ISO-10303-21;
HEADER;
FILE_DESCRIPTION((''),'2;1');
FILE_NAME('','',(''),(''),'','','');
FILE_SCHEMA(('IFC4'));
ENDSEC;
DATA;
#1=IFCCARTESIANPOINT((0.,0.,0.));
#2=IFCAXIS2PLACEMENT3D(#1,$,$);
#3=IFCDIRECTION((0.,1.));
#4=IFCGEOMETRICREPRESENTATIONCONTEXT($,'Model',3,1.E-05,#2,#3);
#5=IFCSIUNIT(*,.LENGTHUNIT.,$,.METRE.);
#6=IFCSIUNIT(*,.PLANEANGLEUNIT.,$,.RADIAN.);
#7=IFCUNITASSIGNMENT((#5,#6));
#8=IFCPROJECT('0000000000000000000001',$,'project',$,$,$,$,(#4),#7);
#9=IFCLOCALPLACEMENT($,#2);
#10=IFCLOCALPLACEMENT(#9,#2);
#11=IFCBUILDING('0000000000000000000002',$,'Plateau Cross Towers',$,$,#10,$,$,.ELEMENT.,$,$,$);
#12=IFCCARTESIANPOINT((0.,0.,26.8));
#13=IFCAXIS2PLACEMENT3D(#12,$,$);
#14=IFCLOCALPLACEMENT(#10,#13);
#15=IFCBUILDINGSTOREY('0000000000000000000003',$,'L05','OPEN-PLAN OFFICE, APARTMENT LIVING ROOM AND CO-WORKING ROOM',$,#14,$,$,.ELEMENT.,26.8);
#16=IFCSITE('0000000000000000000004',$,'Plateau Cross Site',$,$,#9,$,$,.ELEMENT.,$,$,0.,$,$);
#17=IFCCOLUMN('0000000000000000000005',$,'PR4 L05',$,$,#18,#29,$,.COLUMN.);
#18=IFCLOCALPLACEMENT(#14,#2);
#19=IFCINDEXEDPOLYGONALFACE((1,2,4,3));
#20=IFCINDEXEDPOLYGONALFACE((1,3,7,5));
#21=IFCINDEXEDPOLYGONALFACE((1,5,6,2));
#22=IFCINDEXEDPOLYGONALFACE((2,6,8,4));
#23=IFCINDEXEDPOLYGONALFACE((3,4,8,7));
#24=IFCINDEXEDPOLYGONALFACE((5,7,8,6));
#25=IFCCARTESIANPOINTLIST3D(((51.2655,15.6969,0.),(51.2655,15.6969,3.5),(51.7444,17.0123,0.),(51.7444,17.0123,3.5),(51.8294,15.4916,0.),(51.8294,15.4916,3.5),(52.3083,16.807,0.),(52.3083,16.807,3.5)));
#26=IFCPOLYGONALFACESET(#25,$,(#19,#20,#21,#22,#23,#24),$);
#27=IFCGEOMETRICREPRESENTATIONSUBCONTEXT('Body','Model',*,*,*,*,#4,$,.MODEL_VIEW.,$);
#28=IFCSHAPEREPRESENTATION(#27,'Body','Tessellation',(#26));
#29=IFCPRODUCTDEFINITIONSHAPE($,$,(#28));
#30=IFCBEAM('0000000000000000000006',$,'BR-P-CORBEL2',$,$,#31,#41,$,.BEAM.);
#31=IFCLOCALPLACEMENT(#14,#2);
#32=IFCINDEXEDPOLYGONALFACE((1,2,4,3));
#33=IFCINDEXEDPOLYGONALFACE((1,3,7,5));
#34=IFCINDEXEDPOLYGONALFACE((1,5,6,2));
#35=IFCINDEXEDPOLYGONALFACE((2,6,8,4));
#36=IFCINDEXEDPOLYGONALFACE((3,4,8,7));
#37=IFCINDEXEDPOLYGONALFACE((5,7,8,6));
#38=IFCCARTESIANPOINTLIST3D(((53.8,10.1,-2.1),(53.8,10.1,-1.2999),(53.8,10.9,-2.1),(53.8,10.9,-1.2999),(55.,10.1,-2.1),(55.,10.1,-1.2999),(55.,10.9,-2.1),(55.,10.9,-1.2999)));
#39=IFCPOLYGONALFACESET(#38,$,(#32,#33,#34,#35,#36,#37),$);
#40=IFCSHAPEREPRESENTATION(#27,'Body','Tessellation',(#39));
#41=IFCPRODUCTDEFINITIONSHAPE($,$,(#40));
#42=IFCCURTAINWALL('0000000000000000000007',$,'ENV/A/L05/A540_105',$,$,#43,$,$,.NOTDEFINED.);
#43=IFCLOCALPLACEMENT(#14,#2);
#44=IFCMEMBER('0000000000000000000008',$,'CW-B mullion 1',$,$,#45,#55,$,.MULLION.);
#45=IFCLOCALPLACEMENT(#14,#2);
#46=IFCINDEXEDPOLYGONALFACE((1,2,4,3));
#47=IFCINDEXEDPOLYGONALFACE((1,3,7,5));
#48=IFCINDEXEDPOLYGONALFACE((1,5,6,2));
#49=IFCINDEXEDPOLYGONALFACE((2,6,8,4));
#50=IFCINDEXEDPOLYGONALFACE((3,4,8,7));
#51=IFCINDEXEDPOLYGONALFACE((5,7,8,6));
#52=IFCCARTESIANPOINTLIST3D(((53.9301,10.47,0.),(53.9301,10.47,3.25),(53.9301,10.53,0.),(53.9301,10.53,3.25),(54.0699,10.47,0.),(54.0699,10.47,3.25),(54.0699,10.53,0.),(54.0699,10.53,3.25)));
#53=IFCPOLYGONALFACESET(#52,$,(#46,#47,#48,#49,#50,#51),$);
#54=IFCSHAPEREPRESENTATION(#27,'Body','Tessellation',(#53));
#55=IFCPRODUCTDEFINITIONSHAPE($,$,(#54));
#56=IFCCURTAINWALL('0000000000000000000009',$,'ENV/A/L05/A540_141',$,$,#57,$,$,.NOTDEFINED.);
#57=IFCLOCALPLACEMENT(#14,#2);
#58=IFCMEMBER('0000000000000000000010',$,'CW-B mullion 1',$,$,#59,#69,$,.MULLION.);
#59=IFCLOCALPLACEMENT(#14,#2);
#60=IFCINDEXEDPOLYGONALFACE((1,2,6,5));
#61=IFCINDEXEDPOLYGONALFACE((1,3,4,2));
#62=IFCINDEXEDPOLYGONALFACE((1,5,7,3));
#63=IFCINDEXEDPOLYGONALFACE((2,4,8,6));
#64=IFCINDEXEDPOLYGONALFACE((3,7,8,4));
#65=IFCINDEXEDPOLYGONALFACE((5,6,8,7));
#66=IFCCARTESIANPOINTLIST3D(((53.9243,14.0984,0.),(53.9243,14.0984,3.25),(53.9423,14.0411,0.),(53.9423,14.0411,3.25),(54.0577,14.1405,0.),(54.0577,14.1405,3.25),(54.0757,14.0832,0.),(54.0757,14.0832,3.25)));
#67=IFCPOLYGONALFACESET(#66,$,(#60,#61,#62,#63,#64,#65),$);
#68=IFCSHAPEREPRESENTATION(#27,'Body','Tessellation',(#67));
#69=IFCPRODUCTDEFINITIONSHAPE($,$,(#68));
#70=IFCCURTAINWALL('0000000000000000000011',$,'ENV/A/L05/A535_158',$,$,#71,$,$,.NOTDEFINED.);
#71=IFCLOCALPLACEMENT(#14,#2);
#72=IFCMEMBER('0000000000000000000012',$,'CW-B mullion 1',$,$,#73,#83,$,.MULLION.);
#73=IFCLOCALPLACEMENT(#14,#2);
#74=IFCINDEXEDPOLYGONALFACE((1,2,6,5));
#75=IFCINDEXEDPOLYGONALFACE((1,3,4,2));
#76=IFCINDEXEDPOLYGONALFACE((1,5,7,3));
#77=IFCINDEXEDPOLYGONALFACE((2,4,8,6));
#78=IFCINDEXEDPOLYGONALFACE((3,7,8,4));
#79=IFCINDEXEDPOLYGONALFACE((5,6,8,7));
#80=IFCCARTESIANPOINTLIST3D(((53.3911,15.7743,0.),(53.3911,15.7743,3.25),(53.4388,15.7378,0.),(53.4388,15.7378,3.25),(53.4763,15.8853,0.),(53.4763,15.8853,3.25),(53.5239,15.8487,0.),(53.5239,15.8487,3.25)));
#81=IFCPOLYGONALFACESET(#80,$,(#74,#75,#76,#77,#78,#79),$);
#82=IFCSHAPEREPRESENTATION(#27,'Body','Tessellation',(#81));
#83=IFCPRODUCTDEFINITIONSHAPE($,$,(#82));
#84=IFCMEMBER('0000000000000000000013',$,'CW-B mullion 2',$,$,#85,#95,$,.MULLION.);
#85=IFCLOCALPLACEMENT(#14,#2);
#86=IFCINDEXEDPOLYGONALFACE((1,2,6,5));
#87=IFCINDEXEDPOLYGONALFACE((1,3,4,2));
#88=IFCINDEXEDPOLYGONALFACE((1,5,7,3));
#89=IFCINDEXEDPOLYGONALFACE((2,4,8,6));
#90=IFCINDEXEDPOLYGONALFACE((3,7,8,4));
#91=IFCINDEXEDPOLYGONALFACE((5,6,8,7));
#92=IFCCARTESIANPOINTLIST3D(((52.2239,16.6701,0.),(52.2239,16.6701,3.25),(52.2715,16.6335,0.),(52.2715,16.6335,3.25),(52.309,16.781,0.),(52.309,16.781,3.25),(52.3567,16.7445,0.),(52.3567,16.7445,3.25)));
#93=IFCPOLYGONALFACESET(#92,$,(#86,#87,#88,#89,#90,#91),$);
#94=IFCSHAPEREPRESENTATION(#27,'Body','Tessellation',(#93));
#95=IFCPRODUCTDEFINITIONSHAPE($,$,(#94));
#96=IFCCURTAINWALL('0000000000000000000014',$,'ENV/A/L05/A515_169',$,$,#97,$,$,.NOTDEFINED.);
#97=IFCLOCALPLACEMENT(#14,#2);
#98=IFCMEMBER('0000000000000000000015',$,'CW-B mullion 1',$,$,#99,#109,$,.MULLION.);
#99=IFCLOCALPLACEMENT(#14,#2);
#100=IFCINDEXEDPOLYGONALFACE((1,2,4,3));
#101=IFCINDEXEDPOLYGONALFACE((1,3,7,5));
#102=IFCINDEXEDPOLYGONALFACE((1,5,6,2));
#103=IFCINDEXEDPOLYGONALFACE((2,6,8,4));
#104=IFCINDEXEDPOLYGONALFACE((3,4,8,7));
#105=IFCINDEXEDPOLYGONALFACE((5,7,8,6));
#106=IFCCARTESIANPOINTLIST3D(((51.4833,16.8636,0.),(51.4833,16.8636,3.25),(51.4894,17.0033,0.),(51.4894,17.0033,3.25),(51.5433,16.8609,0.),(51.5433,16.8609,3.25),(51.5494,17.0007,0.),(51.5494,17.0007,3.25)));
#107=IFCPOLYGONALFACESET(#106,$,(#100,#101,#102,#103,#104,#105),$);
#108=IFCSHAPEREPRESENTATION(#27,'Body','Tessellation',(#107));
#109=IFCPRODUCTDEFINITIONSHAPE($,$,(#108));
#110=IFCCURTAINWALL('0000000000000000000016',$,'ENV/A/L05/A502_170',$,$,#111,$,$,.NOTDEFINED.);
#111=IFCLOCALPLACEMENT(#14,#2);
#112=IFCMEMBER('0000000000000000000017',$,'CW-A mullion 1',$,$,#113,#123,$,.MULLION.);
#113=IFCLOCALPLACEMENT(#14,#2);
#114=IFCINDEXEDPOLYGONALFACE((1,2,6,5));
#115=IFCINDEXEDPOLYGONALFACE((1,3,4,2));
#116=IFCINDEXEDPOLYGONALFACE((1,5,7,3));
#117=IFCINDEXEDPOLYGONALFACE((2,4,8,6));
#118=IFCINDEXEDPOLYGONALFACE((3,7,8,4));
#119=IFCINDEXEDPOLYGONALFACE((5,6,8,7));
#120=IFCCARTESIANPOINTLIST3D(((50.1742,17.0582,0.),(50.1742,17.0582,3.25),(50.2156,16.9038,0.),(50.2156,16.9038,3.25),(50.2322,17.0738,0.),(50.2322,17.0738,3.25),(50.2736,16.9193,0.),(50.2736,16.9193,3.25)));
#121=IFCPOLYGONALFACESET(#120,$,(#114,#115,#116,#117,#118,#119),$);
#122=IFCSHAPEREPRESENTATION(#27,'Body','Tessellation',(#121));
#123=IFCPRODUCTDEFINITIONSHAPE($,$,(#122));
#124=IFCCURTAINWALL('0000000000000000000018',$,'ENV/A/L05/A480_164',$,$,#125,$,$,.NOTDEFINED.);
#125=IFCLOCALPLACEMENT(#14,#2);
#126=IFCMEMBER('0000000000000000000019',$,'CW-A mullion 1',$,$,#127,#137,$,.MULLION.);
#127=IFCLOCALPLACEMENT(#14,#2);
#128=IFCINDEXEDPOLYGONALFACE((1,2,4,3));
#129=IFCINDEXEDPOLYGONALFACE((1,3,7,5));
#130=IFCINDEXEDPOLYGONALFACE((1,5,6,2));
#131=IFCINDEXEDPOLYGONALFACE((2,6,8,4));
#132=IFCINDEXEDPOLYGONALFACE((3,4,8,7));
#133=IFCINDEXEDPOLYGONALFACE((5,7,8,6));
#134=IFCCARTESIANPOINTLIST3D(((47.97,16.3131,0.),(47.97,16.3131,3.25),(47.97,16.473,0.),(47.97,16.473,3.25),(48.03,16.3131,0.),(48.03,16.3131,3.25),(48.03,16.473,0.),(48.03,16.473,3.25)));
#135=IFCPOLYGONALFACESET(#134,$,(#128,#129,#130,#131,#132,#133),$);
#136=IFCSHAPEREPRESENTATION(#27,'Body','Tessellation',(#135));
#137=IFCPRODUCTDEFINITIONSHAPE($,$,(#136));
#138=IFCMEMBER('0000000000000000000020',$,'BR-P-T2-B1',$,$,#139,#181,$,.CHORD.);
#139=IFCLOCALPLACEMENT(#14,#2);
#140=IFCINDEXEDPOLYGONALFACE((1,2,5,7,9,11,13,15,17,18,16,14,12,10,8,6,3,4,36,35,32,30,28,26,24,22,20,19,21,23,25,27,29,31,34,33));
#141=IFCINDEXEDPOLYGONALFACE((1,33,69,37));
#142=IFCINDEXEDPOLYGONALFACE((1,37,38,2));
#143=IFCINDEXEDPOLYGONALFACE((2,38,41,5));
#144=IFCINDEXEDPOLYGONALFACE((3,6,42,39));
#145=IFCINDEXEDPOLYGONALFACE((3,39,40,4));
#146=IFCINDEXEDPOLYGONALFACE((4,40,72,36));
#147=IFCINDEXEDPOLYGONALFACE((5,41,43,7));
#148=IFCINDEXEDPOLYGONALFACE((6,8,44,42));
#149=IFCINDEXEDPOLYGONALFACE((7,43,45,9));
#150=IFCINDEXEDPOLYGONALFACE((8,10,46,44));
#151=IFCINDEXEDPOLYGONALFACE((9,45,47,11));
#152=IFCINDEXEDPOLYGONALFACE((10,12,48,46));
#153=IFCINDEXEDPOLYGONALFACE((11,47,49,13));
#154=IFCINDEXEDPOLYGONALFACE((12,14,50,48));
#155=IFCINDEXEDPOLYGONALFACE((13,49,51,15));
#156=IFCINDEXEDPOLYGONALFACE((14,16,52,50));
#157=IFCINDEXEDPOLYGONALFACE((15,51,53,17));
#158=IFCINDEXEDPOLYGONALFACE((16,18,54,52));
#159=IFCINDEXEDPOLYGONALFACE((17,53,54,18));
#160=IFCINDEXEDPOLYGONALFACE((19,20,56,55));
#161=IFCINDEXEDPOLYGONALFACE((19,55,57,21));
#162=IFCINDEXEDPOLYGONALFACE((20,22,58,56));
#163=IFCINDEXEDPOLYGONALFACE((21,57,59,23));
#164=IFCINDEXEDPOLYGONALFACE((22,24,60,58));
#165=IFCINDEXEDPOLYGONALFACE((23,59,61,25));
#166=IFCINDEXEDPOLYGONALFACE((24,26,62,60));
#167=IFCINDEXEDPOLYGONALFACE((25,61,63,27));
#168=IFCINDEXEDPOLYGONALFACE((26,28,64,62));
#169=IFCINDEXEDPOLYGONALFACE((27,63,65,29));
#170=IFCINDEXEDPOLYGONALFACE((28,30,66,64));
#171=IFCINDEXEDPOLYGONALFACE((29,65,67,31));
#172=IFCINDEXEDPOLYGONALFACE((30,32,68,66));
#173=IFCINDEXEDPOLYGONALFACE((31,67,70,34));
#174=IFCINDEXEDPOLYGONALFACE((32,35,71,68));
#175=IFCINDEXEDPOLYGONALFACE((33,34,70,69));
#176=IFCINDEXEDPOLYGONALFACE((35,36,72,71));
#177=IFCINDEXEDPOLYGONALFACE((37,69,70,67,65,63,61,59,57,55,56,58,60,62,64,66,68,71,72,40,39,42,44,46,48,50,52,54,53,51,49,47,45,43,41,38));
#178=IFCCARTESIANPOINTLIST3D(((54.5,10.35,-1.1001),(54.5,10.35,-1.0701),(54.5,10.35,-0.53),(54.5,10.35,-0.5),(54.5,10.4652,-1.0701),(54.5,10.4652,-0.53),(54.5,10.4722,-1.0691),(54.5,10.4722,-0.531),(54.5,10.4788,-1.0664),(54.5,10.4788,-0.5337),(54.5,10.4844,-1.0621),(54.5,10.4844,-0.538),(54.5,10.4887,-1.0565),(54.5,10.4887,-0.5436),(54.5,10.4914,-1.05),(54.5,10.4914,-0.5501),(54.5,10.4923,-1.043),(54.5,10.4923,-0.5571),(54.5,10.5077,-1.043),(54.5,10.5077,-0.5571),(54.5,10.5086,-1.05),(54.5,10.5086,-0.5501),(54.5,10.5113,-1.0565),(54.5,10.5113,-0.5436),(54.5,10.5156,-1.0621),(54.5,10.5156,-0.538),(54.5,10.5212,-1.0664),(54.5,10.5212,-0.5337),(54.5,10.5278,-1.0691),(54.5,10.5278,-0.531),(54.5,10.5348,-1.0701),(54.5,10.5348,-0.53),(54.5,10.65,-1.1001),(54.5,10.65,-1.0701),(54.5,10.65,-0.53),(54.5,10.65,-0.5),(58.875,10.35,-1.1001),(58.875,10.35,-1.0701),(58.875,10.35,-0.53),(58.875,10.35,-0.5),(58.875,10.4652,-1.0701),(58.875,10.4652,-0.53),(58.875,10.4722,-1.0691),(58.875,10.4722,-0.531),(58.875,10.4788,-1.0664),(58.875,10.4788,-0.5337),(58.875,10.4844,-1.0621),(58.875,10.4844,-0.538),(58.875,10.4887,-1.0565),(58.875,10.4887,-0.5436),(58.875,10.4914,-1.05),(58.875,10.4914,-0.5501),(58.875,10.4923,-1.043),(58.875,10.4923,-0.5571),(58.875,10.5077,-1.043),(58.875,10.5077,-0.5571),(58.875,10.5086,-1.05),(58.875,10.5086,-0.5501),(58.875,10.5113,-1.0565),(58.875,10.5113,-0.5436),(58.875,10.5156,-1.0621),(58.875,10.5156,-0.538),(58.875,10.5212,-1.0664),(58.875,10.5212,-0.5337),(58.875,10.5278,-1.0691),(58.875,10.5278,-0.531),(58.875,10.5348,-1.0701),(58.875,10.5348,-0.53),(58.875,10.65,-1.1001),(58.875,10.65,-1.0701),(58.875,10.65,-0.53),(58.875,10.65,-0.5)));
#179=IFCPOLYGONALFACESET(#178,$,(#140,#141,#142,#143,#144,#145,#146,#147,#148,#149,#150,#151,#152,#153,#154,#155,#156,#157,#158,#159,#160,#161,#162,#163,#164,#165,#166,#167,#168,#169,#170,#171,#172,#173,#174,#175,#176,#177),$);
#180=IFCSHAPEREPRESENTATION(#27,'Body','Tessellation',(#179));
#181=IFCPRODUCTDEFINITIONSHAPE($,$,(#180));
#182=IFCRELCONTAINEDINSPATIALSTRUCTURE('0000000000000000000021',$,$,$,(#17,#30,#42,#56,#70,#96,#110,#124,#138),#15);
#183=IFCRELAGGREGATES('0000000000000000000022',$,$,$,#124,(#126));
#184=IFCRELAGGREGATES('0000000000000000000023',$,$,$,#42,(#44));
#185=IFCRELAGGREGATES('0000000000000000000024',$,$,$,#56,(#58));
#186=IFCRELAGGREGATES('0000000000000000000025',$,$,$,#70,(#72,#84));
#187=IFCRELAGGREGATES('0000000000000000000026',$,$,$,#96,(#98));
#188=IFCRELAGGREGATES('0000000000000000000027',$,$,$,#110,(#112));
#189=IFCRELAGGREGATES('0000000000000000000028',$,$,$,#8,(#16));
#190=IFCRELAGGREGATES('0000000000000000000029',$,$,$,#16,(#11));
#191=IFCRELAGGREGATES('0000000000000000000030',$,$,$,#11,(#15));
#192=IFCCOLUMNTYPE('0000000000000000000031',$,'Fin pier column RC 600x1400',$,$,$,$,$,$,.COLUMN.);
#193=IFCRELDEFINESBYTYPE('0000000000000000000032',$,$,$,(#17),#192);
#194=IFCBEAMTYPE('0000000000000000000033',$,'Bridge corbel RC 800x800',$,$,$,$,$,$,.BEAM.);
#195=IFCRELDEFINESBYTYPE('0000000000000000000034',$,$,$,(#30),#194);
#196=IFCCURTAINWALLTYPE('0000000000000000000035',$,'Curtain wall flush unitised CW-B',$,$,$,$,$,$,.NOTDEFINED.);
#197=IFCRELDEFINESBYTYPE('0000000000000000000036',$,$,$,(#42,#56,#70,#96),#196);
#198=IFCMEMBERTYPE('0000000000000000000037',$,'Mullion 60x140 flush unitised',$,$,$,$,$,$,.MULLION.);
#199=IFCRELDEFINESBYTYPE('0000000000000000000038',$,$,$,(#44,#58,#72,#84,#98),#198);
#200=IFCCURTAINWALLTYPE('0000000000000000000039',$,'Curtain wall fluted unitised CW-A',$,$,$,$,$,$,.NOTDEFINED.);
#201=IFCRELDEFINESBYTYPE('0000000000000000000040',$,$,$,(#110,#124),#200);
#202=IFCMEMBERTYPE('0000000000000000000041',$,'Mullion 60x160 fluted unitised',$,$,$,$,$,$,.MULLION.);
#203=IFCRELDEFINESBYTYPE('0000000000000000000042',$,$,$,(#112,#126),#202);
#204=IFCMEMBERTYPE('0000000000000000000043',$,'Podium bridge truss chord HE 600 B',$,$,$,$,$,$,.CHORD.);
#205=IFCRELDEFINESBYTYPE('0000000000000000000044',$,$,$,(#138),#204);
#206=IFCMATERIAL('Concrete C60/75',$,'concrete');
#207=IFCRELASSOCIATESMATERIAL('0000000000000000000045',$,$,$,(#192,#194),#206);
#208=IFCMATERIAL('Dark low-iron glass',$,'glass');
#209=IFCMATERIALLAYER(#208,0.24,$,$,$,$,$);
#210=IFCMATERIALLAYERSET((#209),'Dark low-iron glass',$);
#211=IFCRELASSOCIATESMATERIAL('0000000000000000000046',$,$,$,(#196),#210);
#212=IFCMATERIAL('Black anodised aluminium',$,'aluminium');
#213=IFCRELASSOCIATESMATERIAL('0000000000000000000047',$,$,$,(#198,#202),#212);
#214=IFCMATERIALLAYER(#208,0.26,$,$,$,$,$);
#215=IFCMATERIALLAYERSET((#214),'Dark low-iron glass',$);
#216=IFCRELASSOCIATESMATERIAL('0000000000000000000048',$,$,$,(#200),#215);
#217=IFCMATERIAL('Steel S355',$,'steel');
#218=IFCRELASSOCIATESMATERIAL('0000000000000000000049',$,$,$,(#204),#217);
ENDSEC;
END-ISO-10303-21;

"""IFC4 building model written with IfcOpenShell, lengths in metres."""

from ifc_helpers import new_model, si_unit, direction, frame, origin, origin_2d, place, context, subcontext, project, spatial, rectangle, i_section, extrude, material, layer, layer_set, material_profile, profile_set, type_object, element, aggregate, save


model = new_model("IFC4")

# Units and contexts
model_context = context("Model", 3, precision=1e-05, world=origin(), true_north=direction((0.0, 1.0)))
body_context = subcontext(model_context, "Body", "Model", "MODEL_VIEW")
ifc_project = project(units=[si_unit("LENGTHUNIT", "METRE"), si_unit("PLANEANGLEUNIT", "RADIAN")], contexts=[model_context])

# Site, building, storey
site_placement = place(None, origin())
site = spatial("IfcSite", under=ifc_project, at=site_placement, Name="Plateau Cross Site", CompositionType="ELEMENT", RefElevation=0.0)
building_placement = place(site_placement, origin())
building = spatial("IfcBuilding", under=site, at=building_placement, Name="Plateau Cross Towers", CompositionType="ELEMENT")
storey_placement = place(building_placement, frame((0.0, 0.0, 26.8)))
storey = spatial("IfcBuildingStorey", under=building, at=storey_placement, Name="L05", Description="OPEN-PLAN OFFICE, APARTMENT LIVING ROOM AND CO-WORKING ROOM", CompositionType="ELEMENT", Elevation=26.8)

# Column
ifc_material_1 = material(Name="Concrete C60/75", Category="concrete")
ifc_material_profile_1 = material_profile(ifc_material_1, rectangle(XDim=0.6001, YDim=1.3999, at=origin_2d()), Name="RC 600x1400")
ifc_profile_set_1 = profile_set([ifc_material_profile_1], Name="Concrete C60/75")
column_type = type_object("IfcColumnType", Name="Fin pier column RC 600x1400", PredefinedType="COLUMN", material=ifc_profile_set_1)
column_placement = place(storey_placement, frame((51.7869, 16.252, 0.0), z_axis=(0.0, 0.0, 1.0), x_axis=(-0.939664, 0.342098, 0.0)))
element("IfcColumn", 1, at=column_placement, inside=storey, type_object=column_type, Name="PR4 L05", PredefinedType="COLUMN", context=body_context, shape_type="SweptSolid", body=[
    extrude(rectangle(XDim=0.6001, YDim=1.3999, at=origin_2d()), origin(), (0.0, 0.0, 1.0), 3.5),
])

# Beam
ifc_material_profile_2 = material_profile(ifc_material_1, rectangle(XDim=0.8, YDim=0.8, at=origin_2d()), Name="RC 800x800")
ifc_profile_set_2 = profile_set([ifc_material_profile_2], Name="Concrete C60/75")
beam_type = type_object("IfcBeamType", Name="Bridge corbel RC 800x800", PredefinedType="BEAM", material=ifc_profile_set_2)
beam_placement = place(storey_placement, frame((53.8, 10.5, -1.7), z_axis=(1.0, 0.0, 0.0), x_axis=(0.0, 1.0, 0.0)))
element("IfcBeam", 2, at=beam_placement, inside=storey, type_object=beam_type, Name="BR-P-CORBEL2", PredefinedType="BEAM", context=body_context, shape_type="SweptSolid", body=[
    extrude(rectangle(XDim=0.8, YDim=0.8, at=origin_2d()), origin(), (0.0, 0.0, 1.0), 1.2),
])

# Curtain walls, members
ifc_material_2 = material(Name="Dark low-iron glass", Category="glass")
ifc_layer_1 = layer(ifc_material_2, 0.24)
ifc_layer_set_1 = layer_set([ifc_layer_1], Name="Dark low-iron glass")
curtain_wall_type_1 = type_object("IfcCurtainWallType", Name="Curtain wall flush unitised CW-B", PredefinedType="NOTDEFINED", material=ifc_layer_set_1)
curtain_wall_1_placement = place(storey_placement, origin())
curtain_wall_1 = element("IfcCurtainWall", 3, at=curtain_wall_1_placement, inside=storey, type_object=curtain_wall_type_1, Name="ENV/A/L05/A540_105", PredefinedType="NOTDEFINED")
ifc_material_3 = material(Name="Black anodised aluminium", Category="aluminium")
ifc_material_profile_3 = material_profile(ifc_material_3, rectangle(XDim=0.0601, YDim=0.1399, at=origin_2d()), Name="MULLION 60x140")
ifc_profile_set_3 = profile_set([ifc_material_profile_3], Name="Black anodised aluminium")
member_type_1 = type_object("IfcMemberType", Name="Mullion 60x140 flush unitised", PredefinedType="MULLION", material=ifc_profile_set_3)
member_1_placement = place(storey_placement, frame((54.0, 10.5, 0.0), z_axis=(0.0, 0.0, 1.0), x_axis=(0.0, 1.0, 0.0)))
member_1 = element("IfcMember", 4, at=member_1_placement, type_object=member_type_1, Name="CW-B mullion 1", PredefinedType="MULLION", context=body_context, shape_type="SweptSolid", body=[
    extrude(rectangle(XDim=0.0601, YDim=0.1399, at=origin_2d()), origin(), (0.0, 0.0, 1.0), 3.25),
])
curtain_wall_2_placement = place(storey_placement, origin())
curtain_wall_2 = element("IfcCurtainWall", 5, at=curtain_wall_2_placement, inside=storey, type_object=curtain_wall_type_1, Name="ENV/A/L05/A540_141", PredefinedType="NOTDEFINED")
member_2_placement = place(storey_placement, frame((54.0, 14.0908, 0.0), z_axis=(0.0, 0.0, 1.0), x_axis=(-0.300686, 0.953723, 0.0)))
member_2 = element("IfcMember", 6, at=member_2_placement, type_object=member_type_1, Name="CW-B mullion 1", PredefinedType="MULLION", context=body_context, shape_type="SweptSolid", body=[
    extrude(rectangle(XDim=0.0601, YDim=0.1399, at=origin_2d()), origin(), (0.0, 0.0, 1.0), 3.25),
])

# Curtain wall, members
curtain_wall_3_placement = place(storey_placement, origin())
curtain_wall_3 = element("IfcCurtainWall", 7, at=curtain_wall_3_placement, inside=storey, type_object=curtain_wall_type_1, Name="ENV/A/L05/A535_158", PredefinedType="NOTDEFINED")
member_3_placement = place(storey_placement, frame((53.4575, 15.8115, 0.0), z_axis=(0.0, 0.0, 1.0), x_axis=(-0.793316, 0.608811, 0.0)))
member_3 = element("IfcMember", 8, at=member_3_placement, type_object=member_type_1, Name="CW-B mullion 1", PredefinedType="MULLION", context=body_context, shape_type="SweptSolid", body=[
    extrude(rectangle(XDim=0.0601, YDim=0.1399, at=origin_2d()), origin(), (0.0, 0.0, 1.0), 3.25),
])
member_4_placement = place(storey_placement, frame((52.2903, 16.7073, 0.0), z_axis=(0.0, 0.0, 1.0), x_axis=(-0.793316, 0.608811, 0.0)))
member_4 = element("IfcMember", 9, at=member_4_placement, type_object=member_type_1, Name="CW-B mullion 2", PredefinedType="MULLION", context=body_context, shape_type="SweptSolid", body=[
    extrude(rectangle(XDim=0.0601, YDim=0.1399, at=origin_2d()), origin(), (0.0, 0.0, 1.0), 3.25),
])

# Curtain walls, members
curtain_wall_4_placement = place(storey_placement, origin())
curtain_wall_4 = element("IfcCurtainWall", 10, at=curtain_wall_4_placement, inside=storey, type_object=curtain_wall_type_1, Name="ENV/A/L05/A515_169", PredefinedType="NOTDEFINED")
member_5_placement = place(storey_placement, frame((51.5164, 16.9321, 0.0), z_axis=(0.0, 0.0, 1.0), x_axis=(-0.999044, 0.043723, 0.0)))
member_5 = element("IfcMember", 11, at=member_5_placement, type_object=member_type_1, Name="CW-B mullion 1", PredefinedType="MULLION", context=body_context, shape_type="SweptSolid", body=[
    extrude(rectangle(XDim=0.0601, YDim=0.1399, at=origin_2d()), origin(), (0.0, 0.0, 1.0), 3.25),
])
ifc_layer_2 = layer(ifc_material_2, 0.26)
ifc_layer_set_2 = layer_set([ifc_layer_2], Name="Dark low-iron glass")
curtain_wall_type_2 = type_object("IfcCurtainWallType", Name="Curtain wall fluted unitised CW-A", PredefinedType="NOTDEFINED", material=ifc_layer_set_2)
curtain_wall_5_placement = place(storey_placement, origin())
curtain_wall_5 = element("IfcCurtainWall", 12, at=curtain_wall_5_placement, inside=storey, type_object=curtain_wall_type_2, Name="ENV/A/L05/A502_170", PredefinedType="NOTDEFINED")
ifc_material_profile_4 = material_profile(ifc_material_3, rectangle(XDim=0.0601, YDim=0.1599, at=origin_2d()), Name="MULLION 60x160")
ifc_profile_set_4 = profile_set([ifc_material_profile_4], Name="Black anodised aluminium")
member_type_2 = type_object("IfcMemberType", Name="Mullion 60x160 fluted unitised", PredefinedType="MULLION", material=ifc_profile_set_4)
member_6_placement = place(storey_placement, frame((50.2239, 16.9888, 0.0), z_axis=(0.0, 0.0, 1.0), x_axis=(-0.965958, -0.258699, 0.0)))
member_6 = element("IfcMember", 13, at=member_6_placement, type_object=member_type_2, Name="CW-A mullion 1", PredefinedType="MULLION", context=body_context, shape_type="SweptSolid", body=[
    extrude(rectangle(XDim=0.0601, YDim=0.1599, at=origin_2d()), origin(), (0.0, 0.0, 1.0), 3.25),
])
curtain_wall_6_placement = place(storey_placement, origin())
curtain_wall_6 = element("IfcCurtainWall", 14, at=curtain_wall_6_placement, inside=storey, type_object=curtain_wall_type_2, Name="ENV/A/L05/A480_164", PredefinedType="NOTDEFINED")
member_7_placement = place(storey_placement, frame((48.0, 16.3931, 0.0), z_axis=(0.0, 0.0, 1.0), x_axis=(-1.0, 0.0, 0.0)))
member_7 = element("IfcMember", 15, at=member_7_placement, type_object=member_type_2, Name="CW-A mullion 1", PredefinedType="MULLION", context=body_context, shape_type="SweptSolid", body=[
    extrude(rectangle(XDim=0.0601, YDim=0.1599, at=origin_2d()), origin(), (0.0, 0.0, 1.0), 3.25),
])

# Member
ifc_material_4 = material(Name="Steel S355", Category="steel")
ifc_material_profile_5 = material_profile(ifc_material_4, i_section(OverallWidth=0.3, OverallDepth=0.6001, WebThickness=0.0154, FlangeThickness=0.03, FilletRadius=0.0271, at=origin_2d()), Name="HE 600 B")
ifc_profile_set_5 = profile_set([ifc_material_profile_5], Name="Steel S355")
member_type_3 = type_object("IfcMemberType", Name="Podium bridge truss chord HE 600 B", PredefinedType="CHORD", material=ifc_profile_set_5)
for number, where, z_axis, x_axis, name in (
    (16, (54.5, 10.5, -0.8), (1.0, 0.0, 0.0), (0.0, 1.0, 0.0), "BR-P-T2-B1"),
):
    element("IfcMember", number, at=place(storey_placement, frame(where, z_axis=z_axis, x_axis=x_axis)), inside=storey, type_object=member_type_3, Name=name, PredefinedType="CHORD", context=body_context, shape_type="SweptSolid", body=[
        extrude(i_section(OverallWidth=0.3, OverallDepth=0.6001, WebThickness=0.0154, FlangeThickness=0.03, FilletRadius=0.0271, at=origin_2d()), origin(), (0.0, 0.0, 1.0), 4.375),
    ])

aggregate(curtain_wall_6, [member_7])

aggregate(curtain_wall_1, [member_1])
aggregate(curtain_wall_2, [member_2])
aggregate(curtain_wall_3, [member_3, member_4])
aggregate(curtain_wall_4, [member_5])
aggregate(curtain_wall_5, [member_6])

save(model, "model.ifc")
